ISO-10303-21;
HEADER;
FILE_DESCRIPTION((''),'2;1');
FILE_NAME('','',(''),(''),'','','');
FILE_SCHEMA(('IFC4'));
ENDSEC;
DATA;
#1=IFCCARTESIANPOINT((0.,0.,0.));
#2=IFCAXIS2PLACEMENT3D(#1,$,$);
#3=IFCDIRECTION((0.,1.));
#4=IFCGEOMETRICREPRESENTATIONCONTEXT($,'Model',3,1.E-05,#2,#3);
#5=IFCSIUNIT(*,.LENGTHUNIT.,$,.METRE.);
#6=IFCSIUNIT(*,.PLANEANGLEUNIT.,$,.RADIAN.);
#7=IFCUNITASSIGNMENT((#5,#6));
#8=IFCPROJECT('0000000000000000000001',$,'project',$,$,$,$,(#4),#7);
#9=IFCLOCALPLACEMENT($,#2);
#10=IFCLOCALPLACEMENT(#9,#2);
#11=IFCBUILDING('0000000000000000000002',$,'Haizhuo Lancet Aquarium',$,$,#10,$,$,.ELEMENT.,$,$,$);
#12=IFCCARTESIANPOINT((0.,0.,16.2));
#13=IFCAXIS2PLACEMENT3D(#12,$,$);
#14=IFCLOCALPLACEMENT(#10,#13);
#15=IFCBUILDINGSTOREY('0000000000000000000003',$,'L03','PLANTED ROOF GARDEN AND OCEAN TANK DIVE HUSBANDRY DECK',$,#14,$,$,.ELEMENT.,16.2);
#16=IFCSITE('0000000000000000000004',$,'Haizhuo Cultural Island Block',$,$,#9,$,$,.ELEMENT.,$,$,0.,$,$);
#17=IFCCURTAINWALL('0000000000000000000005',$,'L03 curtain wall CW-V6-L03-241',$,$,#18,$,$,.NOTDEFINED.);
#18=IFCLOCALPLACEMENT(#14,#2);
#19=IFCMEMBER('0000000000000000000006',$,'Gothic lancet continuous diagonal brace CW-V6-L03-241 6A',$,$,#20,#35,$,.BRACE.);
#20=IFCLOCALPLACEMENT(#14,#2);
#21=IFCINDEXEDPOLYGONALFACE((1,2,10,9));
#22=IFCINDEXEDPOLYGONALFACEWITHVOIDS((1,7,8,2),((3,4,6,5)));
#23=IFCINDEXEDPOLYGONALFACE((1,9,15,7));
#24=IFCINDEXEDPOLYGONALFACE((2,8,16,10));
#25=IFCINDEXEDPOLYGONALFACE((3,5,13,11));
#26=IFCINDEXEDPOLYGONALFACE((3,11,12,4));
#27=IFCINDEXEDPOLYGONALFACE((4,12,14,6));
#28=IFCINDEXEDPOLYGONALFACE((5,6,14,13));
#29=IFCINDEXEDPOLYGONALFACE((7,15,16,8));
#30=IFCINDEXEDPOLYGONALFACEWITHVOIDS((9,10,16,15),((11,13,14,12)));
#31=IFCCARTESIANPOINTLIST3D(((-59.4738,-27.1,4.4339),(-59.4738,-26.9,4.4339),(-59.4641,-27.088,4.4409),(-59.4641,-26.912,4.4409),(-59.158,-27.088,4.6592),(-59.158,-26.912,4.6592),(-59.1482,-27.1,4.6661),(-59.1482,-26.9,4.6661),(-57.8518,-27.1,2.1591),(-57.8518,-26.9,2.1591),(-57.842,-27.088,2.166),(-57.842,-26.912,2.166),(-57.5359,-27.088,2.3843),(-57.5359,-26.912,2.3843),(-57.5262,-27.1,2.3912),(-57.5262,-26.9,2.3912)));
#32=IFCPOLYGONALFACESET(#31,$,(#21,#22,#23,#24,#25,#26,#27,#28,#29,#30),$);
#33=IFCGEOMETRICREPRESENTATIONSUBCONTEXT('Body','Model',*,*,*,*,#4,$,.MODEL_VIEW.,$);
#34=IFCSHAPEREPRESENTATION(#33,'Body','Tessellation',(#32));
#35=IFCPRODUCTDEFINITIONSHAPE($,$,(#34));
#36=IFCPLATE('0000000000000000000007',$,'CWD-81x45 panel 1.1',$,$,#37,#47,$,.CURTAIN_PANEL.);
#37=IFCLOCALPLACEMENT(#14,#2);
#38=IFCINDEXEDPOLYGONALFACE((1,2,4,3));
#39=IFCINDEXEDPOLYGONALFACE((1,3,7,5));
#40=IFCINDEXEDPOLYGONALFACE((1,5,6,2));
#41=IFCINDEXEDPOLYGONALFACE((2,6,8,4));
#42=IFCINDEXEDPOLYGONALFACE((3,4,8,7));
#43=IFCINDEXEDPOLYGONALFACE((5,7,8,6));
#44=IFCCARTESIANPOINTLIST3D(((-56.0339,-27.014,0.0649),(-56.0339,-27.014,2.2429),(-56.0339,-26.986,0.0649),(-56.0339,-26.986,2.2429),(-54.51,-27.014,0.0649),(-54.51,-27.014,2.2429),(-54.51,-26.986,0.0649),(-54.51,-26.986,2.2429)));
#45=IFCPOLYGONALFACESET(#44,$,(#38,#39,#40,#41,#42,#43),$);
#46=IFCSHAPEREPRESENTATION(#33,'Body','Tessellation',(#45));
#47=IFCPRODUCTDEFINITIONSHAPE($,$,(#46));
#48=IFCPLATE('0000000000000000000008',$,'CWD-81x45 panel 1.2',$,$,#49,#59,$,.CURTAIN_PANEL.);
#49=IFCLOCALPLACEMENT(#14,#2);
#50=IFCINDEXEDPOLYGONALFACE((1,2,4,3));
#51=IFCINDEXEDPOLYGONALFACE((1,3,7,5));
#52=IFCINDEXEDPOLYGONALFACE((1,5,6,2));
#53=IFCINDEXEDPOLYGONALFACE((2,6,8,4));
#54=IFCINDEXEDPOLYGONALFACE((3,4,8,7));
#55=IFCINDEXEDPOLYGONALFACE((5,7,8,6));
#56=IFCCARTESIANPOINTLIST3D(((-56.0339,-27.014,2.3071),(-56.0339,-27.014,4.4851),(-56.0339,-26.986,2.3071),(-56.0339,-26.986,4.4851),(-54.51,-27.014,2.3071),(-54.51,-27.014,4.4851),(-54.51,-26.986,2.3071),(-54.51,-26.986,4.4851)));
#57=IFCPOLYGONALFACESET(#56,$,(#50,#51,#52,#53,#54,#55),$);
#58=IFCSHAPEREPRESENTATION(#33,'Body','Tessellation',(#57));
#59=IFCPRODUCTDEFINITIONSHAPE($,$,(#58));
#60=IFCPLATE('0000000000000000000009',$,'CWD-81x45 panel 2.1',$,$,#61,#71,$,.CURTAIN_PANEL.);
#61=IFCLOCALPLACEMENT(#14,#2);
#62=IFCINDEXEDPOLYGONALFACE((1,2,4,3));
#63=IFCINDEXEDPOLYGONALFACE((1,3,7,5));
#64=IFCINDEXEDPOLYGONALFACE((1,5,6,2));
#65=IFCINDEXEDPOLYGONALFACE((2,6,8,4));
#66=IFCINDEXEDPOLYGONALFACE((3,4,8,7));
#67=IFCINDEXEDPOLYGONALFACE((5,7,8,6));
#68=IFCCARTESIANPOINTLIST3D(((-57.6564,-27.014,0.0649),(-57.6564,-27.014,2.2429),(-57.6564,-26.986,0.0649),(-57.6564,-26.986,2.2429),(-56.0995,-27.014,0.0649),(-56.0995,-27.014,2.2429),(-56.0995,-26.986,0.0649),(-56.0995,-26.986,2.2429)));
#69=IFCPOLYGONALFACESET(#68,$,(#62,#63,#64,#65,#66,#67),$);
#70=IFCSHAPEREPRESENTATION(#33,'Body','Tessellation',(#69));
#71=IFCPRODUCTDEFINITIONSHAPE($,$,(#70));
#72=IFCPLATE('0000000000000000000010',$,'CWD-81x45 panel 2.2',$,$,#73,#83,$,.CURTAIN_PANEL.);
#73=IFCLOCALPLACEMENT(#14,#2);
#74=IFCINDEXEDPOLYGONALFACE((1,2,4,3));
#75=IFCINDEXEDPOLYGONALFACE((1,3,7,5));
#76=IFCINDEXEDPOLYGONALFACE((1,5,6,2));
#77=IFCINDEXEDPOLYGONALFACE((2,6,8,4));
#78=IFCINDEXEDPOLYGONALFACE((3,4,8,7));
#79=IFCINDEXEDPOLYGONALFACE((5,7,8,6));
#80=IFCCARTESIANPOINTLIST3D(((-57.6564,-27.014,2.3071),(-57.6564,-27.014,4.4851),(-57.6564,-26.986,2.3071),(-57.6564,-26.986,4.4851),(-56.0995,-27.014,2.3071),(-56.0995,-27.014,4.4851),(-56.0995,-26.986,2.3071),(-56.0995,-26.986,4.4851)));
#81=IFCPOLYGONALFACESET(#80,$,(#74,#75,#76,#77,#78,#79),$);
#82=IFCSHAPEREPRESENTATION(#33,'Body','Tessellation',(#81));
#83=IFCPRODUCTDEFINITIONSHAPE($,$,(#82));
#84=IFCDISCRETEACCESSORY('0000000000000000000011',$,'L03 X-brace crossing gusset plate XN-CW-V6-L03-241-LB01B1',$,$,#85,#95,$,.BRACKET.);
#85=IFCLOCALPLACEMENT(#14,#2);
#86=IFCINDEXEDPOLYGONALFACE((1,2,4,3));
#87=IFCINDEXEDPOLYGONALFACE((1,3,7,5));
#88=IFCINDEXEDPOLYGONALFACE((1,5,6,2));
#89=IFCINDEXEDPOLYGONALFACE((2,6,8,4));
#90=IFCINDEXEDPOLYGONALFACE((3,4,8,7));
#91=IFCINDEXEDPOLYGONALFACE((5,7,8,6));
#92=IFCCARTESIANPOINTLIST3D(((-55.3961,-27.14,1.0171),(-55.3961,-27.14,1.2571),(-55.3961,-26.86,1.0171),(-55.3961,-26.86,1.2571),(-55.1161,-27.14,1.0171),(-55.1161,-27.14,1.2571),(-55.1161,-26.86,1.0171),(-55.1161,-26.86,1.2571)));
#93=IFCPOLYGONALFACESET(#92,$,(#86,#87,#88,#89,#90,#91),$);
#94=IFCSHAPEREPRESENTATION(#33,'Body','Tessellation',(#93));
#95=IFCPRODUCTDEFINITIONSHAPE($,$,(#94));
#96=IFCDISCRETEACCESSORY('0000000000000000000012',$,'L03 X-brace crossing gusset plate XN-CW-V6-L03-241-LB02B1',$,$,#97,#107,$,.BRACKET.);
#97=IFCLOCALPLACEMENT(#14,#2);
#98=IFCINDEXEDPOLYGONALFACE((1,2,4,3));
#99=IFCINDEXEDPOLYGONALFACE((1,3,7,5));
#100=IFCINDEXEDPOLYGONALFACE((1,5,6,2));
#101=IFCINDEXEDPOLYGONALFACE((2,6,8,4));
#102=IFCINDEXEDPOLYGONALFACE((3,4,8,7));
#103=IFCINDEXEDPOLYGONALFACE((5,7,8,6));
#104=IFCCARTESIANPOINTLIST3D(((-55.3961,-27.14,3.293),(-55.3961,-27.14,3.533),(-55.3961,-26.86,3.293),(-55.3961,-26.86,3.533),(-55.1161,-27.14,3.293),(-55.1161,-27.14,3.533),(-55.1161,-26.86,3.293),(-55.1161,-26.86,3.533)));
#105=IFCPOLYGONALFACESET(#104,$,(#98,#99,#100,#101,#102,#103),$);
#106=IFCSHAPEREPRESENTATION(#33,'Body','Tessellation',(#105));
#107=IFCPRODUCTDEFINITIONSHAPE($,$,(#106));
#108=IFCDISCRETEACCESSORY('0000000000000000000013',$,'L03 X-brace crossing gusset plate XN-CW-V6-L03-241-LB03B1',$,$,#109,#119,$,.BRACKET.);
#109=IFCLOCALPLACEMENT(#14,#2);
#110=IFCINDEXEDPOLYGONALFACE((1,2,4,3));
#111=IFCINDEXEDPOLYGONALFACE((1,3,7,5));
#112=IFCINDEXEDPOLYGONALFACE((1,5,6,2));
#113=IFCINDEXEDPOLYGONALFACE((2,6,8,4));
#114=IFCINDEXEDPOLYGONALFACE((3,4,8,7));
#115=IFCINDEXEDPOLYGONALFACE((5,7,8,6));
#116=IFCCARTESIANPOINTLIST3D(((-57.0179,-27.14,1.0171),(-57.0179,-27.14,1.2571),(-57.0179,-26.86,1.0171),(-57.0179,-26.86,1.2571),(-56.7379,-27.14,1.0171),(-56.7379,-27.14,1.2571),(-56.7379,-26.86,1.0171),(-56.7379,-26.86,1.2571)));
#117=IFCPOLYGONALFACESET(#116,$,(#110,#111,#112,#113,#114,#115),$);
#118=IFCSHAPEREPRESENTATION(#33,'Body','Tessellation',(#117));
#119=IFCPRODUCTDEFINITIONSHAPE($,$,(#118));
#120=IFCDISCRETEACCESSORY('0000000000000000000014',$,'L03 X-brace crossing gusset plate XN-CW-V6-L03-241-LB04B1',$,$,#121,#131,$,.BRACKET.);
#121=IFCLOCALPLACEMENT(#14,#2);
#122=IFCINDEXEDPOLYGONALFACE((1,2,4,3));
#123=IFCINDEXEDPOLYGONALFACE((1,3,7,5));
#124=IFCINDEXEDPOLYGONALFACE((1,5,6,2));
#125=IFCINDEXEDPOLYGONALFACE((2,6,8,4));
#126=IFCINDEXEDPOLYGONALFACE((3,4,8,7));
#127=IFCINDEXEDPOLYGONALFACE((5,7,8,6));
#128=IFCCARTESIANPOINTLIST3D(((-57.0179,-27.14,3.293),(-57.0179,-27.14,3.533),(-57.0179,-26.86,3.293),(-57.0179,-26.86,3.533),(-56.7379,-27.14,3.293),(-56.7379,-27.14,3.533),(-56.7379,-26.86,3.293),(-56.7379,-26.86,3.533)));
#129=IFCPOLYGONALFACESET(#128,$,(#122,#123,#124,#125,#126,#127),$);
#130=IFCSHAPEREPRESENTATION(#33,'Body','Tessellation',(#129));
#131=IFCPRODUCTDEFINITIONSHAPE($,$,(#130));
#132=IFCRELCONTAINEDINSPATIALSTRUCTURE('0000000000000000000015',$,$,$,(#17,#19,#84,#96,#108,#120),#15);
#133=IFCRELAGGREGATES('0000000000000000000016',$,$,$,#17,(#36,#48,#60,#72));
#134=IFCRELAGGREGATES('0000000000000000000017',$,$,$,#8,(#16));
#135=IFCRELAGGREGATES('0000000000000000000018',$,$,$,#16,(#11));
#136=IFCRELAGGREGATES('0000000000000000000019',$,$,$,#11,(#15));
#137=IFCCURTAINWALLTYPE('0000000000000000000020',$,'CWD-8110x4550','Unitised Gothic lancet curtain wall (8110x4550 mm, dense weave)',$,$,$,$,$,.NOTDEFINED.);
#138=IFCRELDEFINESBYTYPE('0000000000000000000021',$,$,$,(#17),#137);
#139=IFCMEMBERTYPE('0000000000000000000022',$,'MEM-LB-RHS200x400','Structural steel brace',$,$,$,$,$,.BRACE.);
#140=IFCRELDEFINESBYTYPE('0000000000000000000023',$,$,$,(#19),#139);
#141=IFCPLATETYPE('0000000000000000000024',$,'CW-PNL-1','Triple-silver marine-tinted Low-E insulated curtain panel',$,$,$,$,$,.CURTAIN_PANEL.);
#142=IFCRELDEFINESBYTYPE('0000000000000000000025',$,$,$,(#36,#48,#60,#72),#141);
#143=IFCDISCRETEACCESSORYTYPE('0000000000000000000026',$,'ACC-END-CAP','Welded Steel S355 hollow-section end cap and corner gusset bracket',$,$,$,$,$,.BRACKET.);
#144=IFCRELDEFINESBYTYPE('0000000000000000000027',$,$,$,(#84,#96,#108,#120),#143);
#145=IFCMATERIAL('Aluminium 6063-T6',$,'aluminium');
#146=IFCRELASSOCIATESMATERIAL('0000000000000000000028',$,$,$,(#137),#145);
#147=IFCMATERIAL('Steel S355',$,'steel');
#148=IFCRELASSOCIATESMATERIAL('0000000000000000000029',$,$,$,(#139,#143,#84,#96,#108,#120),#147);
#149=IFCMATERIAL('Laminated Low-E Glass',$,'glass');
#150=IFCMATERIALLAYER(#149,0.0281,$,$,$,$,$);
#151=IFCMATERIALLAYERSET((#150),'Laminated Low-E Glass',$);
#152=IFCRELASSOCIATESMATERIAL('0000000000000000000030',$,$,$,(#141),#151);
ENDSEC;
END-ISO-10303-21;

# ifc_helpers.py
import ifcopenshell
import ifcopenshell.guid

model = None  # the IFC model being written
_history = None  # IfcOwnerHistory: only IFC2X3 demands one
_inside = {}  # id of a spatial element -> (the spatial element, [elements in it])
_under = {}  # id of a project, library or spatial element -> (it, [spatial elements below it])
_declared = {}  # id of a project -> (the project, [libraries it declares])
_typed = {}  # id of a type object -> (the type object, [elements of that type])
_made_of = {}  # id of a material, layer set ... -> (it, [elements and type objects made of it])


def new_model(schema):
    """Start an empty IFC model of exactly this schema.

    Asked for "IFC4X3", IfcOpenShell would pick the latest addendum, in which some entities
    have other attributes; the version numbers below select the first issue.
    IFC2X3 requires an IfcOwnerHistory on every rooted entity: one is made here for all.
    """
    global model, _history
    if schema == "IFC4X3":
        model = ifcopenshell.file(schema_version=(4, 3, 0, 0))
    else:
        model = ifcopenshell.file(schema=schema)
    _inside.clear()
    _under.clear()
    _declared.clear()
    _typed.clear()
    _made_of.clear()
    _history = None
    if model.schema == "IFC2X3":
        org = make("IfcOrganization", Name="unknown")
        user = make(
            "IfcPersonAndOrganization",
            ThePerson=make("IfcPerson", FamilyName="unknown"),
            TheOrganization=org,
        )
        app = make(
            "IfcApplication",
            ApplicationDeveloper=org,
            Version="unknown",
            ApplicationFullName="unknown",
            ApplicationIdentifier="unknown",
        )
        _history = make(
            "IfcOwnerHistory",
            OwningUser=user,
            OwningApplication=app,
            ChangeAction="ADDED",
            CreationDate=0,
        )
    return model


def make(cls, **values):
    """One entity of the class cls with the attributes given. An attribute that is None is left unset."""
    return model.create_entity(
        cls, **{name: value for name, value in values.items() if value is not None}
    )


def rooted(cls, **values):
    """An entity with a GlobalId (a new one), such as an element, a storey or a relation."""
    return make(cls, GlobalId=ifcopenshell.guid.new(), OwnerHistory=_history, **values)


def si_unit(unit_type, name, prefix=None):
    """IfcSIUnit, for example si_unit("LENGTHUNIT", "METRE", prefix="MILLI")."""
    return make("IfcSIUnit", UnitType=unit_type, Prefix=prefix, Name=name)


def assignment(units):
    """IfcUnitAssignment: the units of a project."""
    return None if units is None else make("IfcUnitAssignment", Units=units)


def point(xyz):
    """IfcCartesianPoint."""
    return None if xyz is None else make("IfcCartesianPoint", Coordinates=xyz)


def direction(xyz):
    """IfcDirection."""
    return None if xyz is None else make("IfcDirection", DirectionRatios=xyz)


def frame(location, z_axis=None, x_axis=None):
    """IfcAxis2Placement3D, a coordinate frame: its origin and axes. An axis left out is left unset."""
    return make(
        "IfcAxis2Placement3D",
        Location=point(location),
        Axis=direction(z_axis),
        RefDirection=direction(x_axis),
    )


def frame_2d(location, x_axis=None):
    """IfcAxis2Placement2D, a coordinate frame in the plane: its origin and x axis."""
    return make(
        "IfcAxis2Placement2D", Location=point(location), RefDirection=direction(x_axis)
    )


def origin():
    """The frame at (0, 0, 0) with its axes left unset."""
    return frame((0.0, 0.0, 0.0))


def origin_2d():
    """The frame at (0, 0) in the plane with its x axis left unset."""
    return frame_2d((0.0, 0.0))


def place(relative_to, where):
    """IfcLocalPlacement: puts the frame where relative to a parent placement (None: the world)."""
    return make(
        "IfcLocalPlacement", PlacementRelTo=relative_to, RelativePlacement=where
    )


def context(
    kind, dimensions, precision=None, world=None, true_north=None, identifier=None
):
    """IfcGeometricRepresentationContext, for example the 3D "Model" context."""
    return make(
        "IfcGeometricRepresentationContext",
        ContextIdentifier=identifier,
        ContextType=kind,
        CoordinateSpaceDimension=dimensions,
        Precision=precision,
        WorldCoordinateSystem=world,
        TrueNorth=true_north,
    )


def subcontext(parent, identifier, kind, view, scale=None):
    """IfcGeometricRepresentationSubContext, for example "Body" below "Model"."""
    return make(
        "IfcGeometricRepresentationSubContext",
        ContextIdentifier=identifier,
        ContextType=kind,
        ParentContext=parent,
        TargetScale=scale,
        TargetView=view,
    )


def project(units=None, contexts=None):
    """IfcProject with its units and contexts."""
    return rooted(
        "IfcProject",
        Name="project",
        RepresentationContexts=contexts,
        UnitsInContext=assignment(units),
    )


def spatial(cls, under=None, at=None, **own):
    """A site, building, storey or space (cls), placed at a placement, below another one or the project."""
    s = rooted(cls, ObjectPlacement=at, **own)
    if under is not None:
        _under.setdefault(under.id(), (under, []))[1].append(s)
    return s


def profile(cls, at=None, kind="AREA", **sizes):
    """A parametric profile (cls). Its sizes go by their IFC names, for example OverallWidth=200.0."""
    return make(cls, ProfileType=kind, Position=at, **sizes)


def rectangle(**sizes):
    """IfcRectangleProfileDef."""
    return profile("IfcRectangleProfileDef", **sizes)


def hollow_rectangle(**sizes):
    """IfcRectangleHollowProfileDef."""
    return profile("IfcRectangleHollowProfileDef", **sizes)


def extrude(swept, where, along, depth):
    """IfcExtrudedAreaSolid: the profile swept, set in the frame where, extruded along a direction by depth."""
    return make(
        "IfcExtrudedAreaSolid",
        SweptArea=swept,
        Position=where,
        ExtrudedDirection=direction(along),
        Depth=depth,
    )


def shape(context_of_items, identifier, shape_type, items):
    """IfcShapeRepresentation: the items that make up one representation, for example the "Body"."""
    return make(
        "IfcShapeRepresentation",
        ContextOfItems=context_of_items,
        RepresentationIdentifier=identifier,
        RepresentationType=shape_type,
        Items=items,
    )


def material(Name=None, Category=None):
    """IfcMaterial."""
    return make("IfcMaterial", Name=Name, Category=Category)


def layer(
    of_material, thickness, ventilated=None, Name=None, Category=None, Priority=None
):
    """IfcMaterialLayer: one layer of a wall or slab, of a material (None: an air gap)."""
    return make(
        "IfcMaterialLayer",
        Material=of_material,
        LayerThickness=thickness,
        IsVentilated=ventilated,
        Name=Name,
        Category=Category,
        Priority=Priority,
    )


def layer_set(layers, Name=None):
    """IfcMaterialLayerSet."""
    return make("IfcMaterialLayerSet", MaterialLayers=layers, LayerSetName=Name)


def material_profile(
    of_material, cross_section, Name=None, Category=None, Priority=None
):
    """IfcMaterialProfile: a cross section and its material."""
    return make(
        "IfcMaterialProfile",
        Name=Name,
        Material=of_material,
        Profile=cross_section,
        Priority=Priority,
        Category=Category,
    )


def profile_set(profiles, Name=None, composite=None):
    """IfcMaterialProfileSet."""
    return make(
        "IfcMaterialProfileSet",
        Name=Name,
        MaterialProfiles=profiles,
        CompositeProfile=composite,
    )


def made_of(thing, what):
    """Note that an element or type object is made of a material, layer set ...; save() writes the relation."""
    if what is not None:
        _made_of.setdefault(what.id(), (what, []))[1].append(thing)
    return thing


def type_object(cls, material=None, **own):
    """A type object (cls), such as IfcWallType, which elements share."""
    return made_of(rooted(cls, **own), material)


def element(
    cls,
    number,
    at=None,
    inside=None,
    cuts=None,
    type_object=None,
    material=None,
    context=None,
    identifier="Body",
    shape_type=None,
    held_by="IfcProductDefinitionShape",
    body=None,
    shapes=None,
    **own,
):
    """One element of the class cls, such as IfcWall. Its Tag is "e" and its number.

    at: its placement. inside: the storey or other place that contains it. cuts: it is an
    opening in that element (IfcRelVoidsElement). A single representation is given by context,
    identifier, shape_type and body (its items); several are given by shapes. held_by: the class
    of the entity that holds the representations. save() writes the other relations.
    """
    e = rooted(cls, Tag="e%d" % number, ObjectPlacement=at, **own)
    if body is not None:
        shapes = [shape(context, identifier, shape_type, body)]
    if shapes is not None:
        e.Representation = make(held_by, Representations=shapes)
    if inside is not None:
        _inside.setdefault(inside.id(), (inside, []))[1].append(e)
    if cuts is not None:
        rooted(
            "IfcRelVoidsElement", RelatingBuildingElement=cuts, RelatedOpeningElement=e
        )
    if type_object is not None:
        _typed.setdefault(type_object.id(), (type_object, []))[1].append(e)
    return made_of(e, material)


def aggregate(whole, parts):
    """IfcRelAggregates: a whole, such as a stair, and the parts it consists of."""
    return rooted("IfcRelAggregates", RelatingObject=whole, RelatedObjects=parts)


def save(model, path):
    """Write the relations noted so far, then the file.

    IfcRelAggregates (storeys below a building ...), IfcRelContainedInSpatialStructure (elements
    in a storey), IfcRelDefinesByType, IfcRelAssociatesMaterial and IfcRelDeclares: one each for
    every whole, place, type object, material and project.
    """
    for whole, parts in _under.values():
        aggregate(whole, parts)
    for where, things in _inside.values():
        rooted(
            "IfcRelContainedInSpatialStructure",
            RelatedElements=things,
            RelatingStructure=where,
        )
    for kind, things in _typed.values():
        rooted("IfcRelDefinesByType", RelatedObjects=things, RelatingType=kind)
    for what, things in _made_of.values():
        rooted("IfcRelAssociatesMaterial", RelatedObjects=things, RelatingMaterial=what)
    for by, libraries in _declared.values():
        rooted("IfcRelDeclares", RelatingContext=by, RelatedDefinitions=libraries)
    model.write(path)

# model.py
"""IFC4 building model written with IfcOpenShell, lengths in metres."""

from ifc_helpers import new_model, si_unit, direction, frame, origin, origin_2d, place, context, subcontext, project, spatial, rectangle, hollow_rectangle, extrude, material, layer, layer_set, material_profile, profile_set, type_object, element, aggregate, save


model = new_model("IFC4")

# Units and contexts
model_context = context("Model", 3, precision=1e-05, world=origin(), true_north=direction((0.0, 1.0)))
body_context = subcontext(model_context, "Body", "Model", "MODEL_VIEW")
ifc_project = project(units=[si_unit("LENGTHUNIT", "METRE"), si_unit("PLANEANGLEUNIT", "RADIAN")], contexts=[model_context])

# Site, building, storey
site_placement = place(None, origin())
site = spatial("IfcSite", under=ifc_project, at=site_placement, Name="Haizhuo Cultural Island Block", CompositionType="ELEMENT", RefElevation=0.0)
building_placement = place(site_placement, origin())
building = spatial("IfcBuilding", under=site, at=building_placement, Name="Haizhuo Lancet Aquarium", CompositionType="ELEMENT")
storey_placement = place(building_placement, frame((0.0, 0.0, 16.2)))
storey = spatial("IfcBuildingStorey", under=building, at=storey_placement, Name="L03", Description="PLANTED ROOF GARDEN AND OCEAN TANK DIVE HUSBANDRY DECK", CompositionType="ELEMENT", Elevation=16.2)

# Curtain wall
ifc_material_1 = material(Name="Aluminium 6063-T6", Category="aluminium")
curtain_wall_type = type_object("IfcCurtainWallType", Name="CWD-8110x4550", Description="Unitised Gothic lancet curtain wall (8110x4550 mm, dense weave)", PredefinedType="NOTDEFINED", material=ifc_material_1)
curtain_wall_placement = place(storey_placement, origin())
curtain_wall = element("IfcCurtainWall", 1, at=curtain_wall_placement, inside=storey, type_object=curtain_wall_type, Name="L03 curtain wall CW-V6-L03-241", PredefinedType="NOTDEFINED")

# Member
ifc_material_2 = material(Name="Steel S355", Category="steel")
ifc_material_profile_1 = material_profile(ifc_material_2, hollow_rectangle(XDim=0.2, YDim=0.3999, WallThickness=0.012, at=origin_2d()), Name="RHS 200x400x12")
ifc_profile_set_1 = profile_set([ifc_material_profile_1], Name="Steel S355")
member_type_1 = type_object("IfcMemberType", Name="MEM-LB-RHS200x400", Description="Structural steel brace", PredefinedType="BRACE", material=ifc_profile_set_1)
member_1_placement = place(storey_placement, frame((-57.689, -27.0, 2.2751), z_axis=(-0.58056, 0.0, 0.814217), x_axis=(0.0, -1.0, 0.0)))
element("IfcMember", 2, at=member_1_placement, inside=storey, type_object=member_type_1, Name="Gothic lancet continuous diagonal brace CW-V6-L03-241 6A", PredefinedType="BRACE", context=body_context, shape_type="SweptSolid", body=[
    extrude(hollow_rectangle(XDim=0.2, YDim=0.3999, WallThickness=0.012, at=origin_2d()), origin(), (0.0, 0.0, 1.0), 2.7939),
])

# Plates
ifc_material_3 = material(Name="Laminated Low-E Glass", Category="glass")
ifc_layer = layer(ifc_material_3, 0.0281)
ifc_layer_set = layer_set([ifc_layer], Name="Laminated Low-E Glass")
plate_type = type_object("IfcPlateType", Name="CW-PNL-1", Description="Triple-silver marine-tinted Low-E insulated curtain panel", PredefinedType="CURTAIN_PANEL", material=ifc_layer_set)
plate_1_placement = place(storey_placement, frame((-55.272, -27.0, 0.0649), z_axis=(0.0, 0.0, 1.0), x_axis=(-1.0, 0.0, 0.0)))
plate_1 = element("IfcPlate", 3, at=plate_1_placement, type_object=plate_type, Name="CWD-81x45 panel 1.1", PredefinedType="CURTAIN_PANEL", context=body_context, shape_type="SweptSolid", body=[
    extrude(rectangle(XDim=1.5239, YDim=0.0281, at=origin_2d()), origin(), (0.0, 0.0, 1.0), 2.178),
])
plate_2_placement = place(storey_placement, frame((-55.272, -27.0, 2.3071), z_axis=(0.0, 0.0, 1.0), x_axis=(-1.0, 0.0, 0.0)))
plate_2 = element("IfcPlate", 4, at=plate_2_placement, type_object=plate_type, Name="CWD-81x45 panel 1.2", PredefinedType="CURTAIN_PANEL", context=body_context, shape_type="SweptSolid", body=[
    extrude(rectangle(XDim=1.5239, YDim=0.0281, at=origin_2d()), origin(), (0.0, 0.0, 1.0), 2.178),
])
plate_3_placement = place(storey_placement, frame((-56.8779, -27.0, 0.0649), z_axis=(0.0, 0.0, 1.0), x_axis=(-1.0, 0.0, 0.0)))
plate_3 = element("IfcPlate", 5, at=plate_3_placement, type_object=plate_type, Name="CWD-81x45 panel 2.1", PredefinedType="CURTAIN_PANEL", context=body_context, shape_type="SweptSolid", body=[
    extrude(rectangle(XDim=1.5569, YDim=0.0281, at=origin_2d()), origin(), (0.0, 0.0, 1.0), 2.178),
])
plate_4_placement = place(storey_placement, frame((-56.8779, -27.0, 2.3071), z_axis=(0.0, 0.0, 1.0), x_axis=(-1.0, 0.0, 0.0)))
plate_4 = element("IfcPlate", 6, at=plate_4_placement, type_object=plate_type, Name="CWD-81x45 panel 2.2", PredefinedType="CURTAIN_PANEL", context=body_context, shape_type="SweptSolid", body=[
    extrude(rectangle(XDim=1.5569, YDim=0.0281, at=origin_2d()), origin(), (0.0, 0.0, 1.0), 2.178),
])
aggregate(curtain_wall, [plate_1, plate_2, plate_3, plate_4])

# Discrete accessories
discrete_accessory_type = type_object("IfcDiscreteAccessoryType", Name="ACC-END-CAP", Description="Welded Steel S355 hollow-section end cap and corner gusset bracket", PredefinedType="BRACKET", material=ifc_material_2)
for number, where, z_axis, x_axis, name in (
    (7, (-55.2561, -27.0, 1.0171), (0.0, 0.0, 1.0), (1.0, 0.0, 0.0), "L03 X-brace crossing gusset plate XN-CW-V6-L03-241-LB01B1"),
    (8, (-55.2561, -27.0, 3.293), (0.0, 0.0, 1.0), (1.0, 0.0, 0.0), "L03 X-brace crossing gusset plate XN-CW-V6-L03-241-LB02B1"),
    (9, (-56.8779, -27.0, 1.0171), (0.0, 0.0, 1.0), (1.0, 0.0, 0.0), "L03 X-brace crossing gusset plate XN-CW-V6-L03-241-LB03B1"),
    (10, (-56.8779, -27.0, 3.293), (0.0, 0.0, 1.0), (1.0, 0.0, 0.0), "L03 X-brace crossing gusset plate XN-CW-V6-L03-241-LB04B1"),
):
    element("IfcDiscreteAccessory", number, at=place(storey_placement, frame(where, z_axis=z_axis, x_axis=x_axis)), inside=storey, type_object=discrete_accessory_type, material=ifc_material_2, Name=name, PredefinedType="BRACKET", context=body_context, shape_type="SweptSolid", body=[
        extrude(rectangle(XDim=0.28, YDim=0.28, at=origin_2d()), origin(), (0.0, 0.0, 1.0), 0.24),
    ])

save(model, "model.ifc")
